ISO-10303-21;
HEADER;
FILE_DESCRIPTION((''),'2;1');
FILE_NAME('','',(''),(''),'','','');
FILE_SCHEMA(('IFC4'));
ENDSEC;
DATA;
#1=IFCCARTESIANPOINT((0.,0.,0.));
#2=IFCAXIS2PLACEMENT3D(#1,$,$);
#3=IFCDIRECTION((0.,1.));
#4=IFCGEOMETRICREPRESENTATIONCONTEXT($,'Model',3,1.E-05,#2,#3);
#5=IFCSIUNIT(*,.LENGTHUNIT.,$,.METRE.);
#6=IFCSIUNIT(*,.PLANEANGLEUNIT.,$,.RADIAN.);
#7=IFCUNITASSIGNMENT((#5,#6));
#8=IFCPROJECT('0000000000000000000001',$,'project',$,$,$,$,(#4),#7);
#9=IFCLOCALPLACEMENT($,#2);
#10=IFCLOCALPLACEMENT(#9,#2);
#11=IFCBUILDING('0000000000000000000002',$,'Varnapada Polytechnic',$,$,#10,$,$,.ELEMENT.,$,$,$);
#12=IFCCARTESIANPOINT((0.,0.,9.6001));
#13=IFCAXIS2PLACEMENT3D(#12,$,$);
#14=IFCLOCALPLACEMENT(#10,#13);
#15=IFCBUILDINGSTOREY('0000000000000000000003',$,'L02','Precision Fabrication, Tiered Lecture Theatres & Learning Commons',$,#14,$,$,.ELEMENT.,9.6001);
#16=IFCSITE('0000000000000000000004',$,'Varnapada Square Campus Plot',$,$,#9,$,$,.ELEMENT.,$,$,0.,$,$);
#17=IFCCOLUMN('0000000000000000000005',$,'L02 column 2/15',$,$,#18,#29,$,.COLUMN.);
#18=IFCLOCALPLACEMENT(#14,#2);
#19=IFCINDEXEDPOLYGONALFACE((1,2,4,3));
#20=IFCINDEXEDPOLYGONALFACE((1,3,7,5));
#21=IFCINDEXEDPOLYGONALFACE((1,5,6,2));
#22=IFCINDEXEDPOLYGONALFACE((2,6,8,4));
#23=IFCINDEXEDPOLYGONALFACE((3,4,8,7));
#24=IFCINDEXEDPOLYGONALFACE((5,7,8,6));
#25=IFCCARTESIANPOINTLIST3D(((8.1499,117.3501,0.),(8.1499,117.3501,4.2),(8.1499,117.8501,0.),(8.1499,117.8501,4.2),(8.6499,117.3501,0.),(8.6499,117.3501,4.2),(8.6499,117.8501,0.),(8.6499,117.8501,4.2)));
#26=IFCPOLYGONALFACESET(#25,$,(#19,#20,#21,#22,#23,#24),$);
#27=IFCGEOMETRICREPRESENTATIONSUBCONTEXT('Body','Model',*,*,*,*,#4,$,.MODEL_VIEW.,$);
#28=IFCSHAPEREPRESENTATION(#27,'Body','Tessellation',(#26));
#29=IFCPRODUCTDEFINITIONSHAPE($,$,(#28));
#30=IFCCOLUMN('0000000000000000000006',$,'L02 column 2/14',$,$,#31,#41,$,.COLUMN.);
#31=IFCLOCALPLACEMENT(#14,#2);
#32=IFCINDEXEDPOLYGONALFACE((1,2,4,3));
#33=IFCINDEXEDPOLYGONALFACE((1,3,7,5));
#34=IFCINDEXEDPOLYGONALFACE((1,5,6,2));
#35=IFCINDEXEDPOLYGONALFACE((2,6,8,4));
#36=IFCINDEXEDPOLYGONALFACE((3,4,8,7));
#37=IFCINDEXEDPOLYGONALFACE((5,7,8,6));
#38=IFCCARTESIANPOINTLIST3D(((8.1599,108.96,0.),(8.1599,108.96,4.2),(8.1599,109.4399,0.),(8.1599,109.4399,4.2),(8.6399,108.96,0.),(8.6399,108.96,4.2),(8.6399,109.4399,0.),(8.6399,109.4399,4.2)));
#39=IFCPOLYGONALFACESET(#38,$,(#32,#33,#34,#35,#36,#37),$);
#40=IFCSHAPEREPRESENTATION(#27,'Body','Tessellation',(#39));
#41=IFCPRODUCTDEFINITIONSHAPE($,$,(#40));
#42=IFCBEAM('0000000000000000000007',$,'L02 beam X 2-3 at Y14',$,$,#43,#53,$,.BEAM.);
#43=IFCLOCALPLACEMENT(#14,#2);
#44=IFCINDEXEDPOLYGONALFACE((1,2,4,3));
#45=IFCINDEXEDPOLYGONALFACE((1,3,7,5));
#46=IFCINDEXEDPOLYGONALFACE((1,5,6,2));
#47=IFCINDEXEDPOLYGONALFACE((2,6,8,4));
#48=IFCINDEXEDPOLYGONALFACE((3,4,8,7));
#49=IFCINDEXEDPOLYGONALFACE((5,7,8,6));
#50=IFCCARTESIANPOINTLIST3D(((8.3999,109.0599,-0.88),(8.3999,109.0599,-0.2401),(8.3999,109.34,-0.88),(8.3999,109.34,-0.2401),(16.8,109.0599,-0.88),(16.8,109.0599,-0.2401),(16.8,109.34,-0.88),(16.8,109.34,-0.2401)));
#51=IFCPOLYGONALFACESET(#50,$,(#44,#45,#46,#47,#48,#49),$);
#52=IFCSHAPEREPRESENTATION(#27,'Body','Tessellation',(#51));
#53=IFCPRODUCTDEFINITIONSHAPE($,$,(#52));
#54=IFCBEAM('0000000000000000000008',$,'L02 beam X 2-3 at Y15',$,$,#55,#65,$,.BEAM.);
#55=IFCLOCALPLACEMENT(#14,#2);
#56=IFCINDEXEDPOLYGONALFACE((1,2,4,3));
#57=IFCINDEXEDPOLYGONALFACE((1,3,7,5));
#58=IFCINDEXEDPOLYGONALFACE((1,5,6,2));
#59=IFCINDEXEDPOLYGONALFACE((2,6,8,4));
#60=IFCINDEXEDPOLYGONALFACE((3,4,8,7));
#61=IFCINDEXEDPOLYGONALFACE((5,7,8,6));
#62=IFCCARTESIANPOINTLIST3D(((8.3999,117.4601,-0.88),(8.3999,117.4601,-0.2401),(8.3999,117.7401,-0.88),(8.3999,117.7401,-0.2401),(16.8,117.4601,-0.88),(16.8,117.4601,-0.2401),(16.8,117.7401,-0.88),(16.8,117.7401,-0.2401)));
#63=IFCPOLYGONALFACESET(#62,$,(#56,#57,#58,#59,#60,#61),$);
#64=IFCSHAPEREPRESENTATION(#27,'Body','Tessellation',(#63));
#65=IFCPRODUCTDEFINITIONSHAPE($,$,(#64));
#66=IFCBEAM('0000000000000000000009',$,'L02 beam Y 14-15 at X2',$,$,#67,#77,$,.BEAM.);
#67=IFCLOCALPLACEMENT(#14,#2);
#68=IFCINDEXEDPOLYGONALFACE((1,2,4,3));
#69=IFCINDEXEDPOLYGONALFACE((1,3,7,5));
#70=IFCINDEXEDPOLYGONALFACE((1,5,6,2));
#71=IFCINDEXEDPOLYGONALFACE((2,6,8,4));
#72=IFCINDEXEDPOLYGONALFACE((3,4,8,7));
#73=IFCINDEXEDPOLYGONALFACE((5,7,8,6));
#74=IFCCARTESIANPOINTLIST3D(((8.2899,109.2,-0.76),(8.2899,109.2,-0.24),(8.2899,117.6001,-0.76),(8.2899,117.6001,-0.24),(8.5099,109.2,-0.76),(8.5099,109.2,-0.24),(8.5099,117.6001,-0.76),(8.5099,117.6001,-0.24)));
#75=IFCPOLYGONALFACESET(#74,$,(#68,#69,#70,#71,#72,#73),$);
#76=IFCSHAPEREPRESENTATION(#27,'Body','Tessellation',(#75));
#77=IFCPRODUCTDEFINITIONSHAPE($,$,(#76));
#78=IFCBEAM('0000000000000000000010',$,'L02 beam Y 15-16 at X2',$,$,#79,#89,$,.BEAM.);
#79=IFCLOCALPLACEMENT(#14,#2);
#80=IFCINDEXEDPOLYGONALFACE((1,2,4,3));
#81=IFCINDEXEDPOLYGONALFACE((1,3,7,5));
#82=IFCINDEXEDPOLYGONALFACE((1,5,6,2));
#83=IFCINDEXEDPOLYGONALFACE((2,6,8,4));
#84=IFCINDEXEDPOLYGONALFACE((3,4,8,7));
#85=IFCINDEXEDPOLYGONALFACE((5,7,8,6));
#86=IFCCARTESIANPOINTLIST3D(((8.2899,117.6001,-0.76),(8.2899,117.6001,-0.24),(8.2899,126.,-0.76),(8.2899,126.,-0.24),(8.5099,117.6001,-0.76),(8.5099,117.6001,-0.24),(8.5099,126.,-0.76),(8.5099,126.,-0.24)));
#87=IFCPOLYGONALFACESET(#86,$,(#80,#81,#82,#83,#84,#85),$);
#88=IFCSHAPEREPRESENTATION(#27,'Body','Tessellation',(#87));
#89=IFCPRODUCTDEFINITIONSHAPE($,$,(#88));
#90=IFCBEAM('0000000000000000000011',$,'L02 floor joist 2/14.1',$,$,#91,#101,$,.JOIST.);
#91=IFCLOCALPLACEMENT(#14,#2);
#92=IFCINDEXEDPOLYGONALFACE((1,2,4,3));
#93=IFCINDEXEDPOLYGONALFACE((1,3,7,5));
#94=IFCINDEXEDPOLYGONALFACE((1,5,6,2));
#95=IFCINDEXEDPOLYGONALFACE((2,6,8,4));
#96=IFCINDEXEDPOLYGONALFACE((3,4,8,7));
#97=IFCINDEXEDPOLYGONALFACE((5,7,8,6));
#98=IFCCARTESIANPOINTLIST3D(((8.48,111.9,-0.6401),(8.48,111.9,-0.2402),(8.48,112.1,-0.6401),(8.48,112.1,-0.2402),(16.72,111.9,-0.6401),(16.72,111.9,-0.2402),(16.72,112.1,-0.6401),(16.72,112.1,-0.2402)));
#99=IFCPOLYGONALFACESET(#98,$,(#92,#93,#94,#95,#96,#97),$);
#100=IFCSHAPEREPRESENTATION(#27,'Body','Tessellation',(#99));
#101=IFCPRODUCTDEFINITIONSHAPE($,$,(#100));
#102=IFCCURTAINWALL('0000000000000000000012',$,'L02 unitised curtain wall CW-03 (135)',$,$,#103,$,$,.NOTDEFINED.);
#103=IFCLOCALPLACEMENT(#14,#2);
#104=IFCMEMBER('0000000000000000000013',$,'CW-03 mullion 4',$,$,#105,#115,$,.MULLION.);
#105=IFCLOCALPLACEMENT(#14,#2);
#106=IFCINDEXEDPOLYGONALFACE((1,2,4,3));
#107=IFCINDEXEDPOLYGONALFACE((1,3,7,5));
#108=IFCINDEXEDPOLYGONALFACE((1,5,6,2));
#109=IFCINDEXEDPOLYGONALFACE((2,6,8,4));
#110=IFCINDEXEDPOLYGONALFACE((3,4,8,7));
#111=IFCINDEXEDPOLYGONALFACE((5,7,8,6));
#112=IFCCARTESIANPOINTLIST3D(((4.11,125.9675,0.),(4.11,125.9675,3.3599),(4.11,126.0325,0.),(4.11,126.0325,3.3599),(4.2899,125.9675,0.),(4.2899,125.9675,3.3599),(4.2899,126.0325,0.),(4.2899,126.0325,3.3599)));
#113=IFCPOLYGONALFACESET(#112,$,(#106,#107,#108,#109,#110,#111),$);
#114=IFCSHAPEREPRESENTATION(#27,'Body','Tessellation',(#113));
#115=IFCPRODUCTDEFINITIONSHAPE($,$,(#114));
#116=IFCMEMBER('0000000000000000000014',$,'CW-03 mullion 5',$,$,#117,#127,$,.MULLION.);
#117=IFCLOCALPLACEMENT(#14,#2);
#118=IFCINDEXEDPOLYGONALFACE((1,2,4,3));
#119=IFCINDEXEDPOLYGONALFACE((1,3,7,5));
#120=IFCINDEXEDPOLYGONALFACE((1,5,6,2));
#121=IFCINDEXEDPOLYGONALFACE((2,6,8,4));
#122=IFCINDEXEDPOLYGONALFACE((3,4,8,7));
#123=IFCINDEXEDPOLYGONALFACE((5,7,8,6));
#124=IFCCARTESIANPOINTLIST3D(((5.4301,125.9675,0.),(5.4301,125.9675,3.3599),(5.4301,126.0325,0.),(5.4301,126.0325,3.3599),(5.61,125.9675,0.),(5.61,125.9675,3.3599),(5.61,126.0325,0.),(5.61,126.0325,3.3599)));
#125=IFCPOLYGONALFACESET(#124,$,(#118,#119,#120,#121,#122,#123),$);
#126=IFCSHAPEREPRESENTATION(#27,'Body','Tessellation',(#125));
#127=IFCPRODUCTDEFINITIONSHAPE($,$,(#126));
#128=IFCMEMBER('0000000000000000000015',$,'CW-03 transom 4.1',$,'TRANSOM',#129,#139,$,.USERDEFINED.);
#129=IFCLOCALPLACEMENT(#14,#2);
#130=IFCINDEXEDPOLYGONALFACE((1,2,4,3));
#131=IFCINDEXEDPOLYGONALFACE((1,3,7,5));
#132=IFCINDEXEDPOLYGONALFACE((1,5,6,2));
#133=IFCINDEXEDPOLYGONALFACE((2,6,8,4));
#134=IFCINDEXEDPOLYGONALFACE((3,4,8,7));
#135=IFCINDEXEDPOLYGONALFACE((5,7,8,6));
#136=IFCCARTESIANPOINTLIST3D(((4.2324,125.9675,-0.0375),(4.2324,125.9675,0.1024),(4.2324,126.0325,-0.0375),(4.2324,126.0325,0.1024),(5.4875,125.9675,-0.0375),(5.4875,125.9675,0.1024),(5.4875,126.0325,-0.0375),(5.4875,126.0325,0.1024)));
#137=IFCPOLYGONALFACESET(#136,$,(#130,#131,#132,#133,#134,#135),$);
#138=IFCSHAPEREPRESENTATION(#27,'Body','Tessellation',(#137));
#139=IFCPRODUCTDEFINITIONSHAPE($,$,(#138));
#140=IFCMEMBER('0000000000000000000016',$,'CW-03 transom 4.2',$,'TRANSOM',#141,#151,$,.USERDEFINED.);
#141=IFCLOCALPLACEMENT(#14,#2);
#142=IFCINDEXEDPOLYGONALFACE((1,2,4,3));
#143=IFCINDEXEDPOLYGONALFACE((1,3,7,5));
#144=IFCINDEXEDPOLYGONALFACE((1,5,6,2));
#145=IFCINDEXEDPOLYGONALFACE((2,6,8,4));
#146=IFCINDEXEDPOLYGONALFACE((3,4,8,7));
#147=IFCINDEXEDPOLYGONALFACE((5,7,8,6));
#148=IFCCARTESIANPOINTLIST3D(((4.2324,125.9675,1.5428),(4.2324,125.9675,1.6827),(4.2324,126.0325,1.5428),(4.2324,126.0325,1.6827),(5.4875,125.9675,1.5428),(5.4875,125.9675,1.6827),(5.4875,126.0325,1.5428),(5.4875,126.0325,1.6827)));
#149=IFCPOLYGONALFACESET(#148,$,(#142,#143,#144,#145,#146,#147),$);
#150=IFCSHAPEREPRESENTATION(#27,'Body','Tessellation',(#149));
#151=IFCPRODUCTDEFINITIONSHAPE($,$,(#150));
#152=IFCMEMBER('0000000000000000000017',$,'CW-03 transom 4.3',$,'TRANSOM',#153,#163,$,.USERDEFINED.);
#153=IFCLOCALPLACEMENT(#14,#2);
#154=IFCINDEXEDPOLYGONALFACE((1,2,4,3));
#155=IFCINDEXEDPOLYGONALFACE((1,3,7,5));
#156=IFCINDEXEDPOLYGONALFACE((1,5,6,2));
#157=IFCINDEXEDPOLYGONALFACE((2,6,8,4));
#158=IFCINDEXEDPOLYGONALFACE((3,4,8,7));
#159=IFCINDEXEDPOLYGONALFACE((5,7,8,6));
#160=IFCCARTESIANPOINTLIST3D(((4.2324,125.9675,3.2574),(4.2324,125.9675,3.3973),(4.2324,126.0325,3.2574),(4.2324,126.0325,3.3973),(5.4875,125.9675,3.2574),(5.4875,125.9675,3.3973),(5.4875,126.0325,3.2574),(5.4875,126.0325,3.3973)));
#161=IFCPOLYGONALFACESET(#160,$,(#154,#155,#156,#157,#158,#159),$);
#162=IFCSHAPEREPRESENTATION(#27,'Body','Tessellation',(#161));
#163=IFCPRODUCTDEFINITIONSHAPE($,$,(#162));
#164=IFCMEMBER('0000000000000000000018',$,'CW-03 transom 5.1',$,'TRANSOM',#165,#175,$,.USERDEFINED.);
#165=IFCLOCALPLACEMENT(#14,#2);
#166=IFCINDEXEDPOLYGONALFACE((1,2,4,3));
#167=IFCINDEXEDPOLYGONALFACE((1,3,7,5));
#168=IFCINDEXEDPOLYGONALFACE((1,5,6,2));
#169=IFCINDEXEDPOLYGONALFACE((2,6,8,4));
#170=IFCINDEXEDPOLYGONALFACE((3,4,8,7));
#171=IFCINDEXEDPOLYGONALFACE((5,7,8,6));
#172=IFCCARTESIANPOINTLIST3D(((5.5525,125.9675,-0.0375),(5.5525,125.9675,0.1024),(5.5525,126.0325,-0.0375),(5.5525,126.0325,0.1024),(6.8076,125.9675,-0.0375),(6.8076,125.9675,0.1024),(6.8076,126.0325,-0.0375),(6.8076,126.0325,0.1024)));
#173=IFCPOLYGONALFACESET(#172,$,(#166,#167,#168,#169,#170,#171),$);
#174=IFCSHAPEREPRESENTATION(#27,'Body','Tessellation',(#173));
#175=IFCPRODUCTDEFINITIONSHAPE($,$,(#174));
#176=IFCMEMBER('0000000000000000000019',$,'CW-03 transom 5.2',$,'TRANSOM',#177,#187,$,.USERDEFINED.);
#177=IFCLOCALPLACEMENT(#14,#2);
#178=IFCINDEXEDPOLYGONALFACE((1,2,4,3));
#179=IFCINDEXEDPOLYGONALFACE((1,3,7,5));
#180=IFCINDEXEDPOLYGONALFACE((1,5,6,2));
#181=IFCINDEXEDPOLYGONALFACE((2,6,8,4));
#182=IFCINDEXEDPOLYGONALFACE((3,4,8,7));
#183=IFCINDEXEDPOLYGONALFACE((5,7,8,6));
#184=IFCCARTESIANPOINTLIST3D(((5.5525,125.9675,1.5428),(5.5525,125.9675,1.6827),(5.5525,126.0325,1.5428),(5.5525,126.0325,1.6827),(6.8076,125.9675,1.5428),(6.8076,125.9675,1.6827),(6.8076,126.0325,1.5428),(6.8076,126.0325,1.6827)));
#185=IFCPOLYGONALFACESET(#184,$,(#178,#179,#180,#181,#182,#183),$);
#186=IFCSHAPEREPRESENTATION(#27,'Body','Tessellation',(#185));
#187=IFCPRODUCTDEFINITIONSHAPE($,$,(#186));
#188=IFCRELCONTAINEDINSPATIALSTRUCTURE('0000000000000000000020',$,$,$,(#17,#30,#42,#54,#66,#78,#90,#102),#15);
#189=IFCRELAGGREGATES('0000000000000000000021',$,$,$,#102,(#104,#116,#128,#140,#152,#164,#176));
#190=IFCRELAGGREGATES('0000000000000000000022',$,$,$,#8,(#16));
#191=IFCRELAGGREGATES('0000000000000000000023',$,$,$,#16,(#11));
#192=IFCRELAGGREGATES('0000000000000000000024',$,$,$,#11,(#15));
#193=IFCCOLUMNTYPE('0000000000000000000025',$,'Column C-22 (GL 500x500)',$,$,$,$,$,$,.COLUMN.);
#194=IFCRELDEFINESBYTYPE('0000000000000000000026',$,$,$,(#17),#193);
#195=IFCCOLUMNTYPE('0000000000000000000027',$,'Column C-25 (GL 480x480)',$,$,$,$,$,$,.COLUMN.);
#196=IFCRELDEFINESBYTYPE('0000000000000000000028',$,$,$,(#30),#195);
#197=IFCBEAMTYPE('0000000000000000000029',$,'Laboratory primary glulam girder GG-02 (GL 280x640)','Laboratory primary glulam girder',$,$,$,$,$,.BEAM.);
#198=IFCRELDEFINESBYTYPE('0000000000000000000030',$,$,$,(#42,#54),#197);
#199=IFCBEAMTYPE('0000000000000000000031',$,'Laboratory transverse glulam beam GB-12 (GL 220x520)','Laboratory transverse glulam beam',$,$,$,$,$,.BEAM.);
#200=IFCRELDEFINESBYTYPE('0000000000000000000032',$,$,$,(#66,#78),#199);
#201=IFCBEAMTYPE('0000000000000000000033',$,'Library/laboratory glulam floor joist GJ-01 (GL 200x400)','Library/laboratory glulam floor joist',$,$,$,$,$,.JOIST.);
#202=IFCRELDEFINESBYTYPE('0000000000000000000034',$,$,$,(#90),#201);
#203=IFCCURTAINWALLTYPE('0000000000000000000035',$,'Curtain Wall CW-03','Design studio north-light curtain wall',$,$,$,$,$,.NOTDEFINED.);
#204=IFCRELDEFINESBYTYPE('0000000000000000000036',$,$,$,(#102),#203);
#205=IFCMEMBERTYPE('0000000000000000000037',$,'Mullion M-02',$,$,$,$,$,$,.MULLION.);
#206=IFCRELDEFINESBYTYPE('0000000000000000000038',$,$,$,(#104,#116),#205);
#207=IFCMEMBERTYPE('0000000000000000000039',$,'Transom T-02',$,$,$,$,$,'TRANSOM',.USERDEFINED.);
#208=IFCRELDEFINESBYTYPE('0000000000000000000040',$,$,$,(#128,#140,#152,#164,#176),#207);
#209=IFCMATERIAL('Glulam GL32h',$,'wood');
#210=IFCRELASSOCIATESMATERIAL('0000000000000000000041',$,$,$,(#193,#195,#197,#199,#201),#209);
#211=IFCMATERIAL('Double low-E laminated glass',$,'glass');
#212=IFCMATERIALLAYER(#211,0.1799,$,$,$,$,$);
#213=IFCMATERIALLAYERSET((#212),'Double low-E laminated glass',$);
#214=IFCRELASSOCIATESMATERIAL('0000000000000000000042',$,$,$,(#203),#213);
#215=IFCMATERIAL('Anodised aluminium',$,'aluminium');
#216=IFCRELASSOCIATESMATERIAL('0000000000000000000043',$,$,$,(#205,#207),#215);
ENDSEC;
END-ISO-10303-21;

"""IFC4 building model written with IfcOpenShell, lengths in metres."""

from ifc_helpers import new_model, si_unit, direction, frame, origin, origin_2d, place, context, subcontext, project, spatial, rectangle, extrude, material, layer, layer_set, material_profile, profile_set, type_object, element, aggregate, save


model = new_model("IFC4")

# Units and contexts
model_context = context("Model", 3, precision=1e-05, world=origin(), true_north=direction((0.0, 1.0)))
body_context = subcontext(model_context, "Body", "Model", "MODEL_VIEW")
ifc_project = project(units=[si_unit("LENGTHUNIT", "METRE"), si_unit("PLANEANGLEUNIT", "RADIAN")], contexts=[model_context])

# Site, building, storey
site_placement = place(None, origin())
site = spatial("IfcSite", under=ifc_project, at=site_placement, Name="Varnapada Square Campus Plot", CompositionType="ELEMENT", RefElevation=0.0)
building_placement = place(site_placement, origin())
building = spatial("IfcBuilding", under=site, at=building_placement, Name="Varnapada Polytechnic", CompositionType="ELEMENT")
storey_placement = place(building_placement, frame((0.0, 0.0, 9.6001)))
storey = spatial("IfcBuildingStorey", under=building, at=storey_placement, Name="L02", Description="Precision Fabrication, Tiered Lecture Theatres & Learning Commons", CompositionType="ELEMENT", Elevation=9.6001)

# Columns
ifc_material_1 = material(Name="Glulam GL32h", Category="wood")
ifc_material_profile_1 = material_profile(ifc_material_1, rectangle(XDim=0.5, YDim=0.5, at=origin_2d()), Name="GL 500x500")
ifc_profile_set_1 = profile_set([ifc_material_profile_1], Name="Glulam GL32h")
column_type_1 = type_object("IfcColumnType", Name="Column C-22 (GL 500x500)", PredefinedType="COLUMN", material=ifc_profile_set_1)
column_1_placement = place(storey_placement, frame((8.3999, 117.6001, 0.0), z_axis=(0.0, 0.0, 1.0), x_axis=(1.0, 0.0, 0.0)))
element("IfcColumn", 1, at=column_1_placement, inside=storey, type_object=column_type_1, Name="L02 column 2/15", PredefinedType="COLUMN", context=body_context, shape_type="SweptSolid", body=[
    extrude(rectangle(XDim=0.5, YDim=0.5, at=origin_2d()), origin(), (0.0, 0.0, 1.0), 4.2),
])
ifc_material_profile_2 = material_profile(ifc_material_1, rectangle(XDim=0.48, YDim=0.48, at=origin_2d()), Name="GL 480x480")
ifc_profile_set_2 = profile_set([ifc_material_profile_2], Name="Glulam GL32h")
column_type_2 = type_object("IfcColumnType", Name="Column C-25 (GL 480x480)", PredefinedType="COLUMN", material=ifc_profile_set_2)
column_2_placement = place(storey_placement, frame((8.3999, 109.2, 0.0), z_axis=(0.0, 0.0, 1.0), x_axis=(1.0, 0.0, 0.0)))
element("IfcColumn", 2, at=column_2_placement, inside=storey, type_object=column_type_2, Name="L02 column 2/14", PredefinedType="COLUMN", context=body_context, shape_type="SweptSolid", body=[
    extrude(rectangle(XDim=0.48, YDim=0.48, at=origin_2d()), origin(), (0.0, 0.0, 1.0), 4.2),
])

# Beams
ifc_material_profile_3 = material_profile(ifc_material_1, rectangle(XDim=0.28, YDim=0.6399, at=origin_2d()), Name="GL 280x640")
ifc_profile_set_3 = profile_set([ifc_material_profile_3], Name="Glulam GL32h")
beam_type_1 = type_object("IfcBeamType", Name="Laboratory primary glulam girder GG-02 (GL 280x640)", Description="Laboratory primary glulam girder", PredefinedType="BEAM", material=ifc_profile_set_3)
for number, where, z_axis, x_axis, name in (
    (3, (8.3999, 109.2, -0.5601), (1.0, 0.0, 0.0), (0.0, 1.0, 0.0), "L02 beam X 2-3 at Y14"),
    (4, (8.3999, 117.6001, -0.5601), (1.0, 0.0, 0.0), (0.0, 1.0, 0.0), "L02 beam X 2-3 at Y15"),
):
    element("IfcBeam", number, at=place(storey_placement, frame(where, z_axis=z_axis, x_axis=x_axis)), inside=storey, type_object=beam_type_1, Name=name, PredefinedType="BEAM", context=body_context, shape_type="SweptSolid", body=[
        extrude(rectangle(XDim=0.28, YDim=0.6399, at=origin_2d()), origin(), (0.0, 0.0, 1.0), 8.4001),
    ])
ifc_material_profile_4 = material_profile(ifc_material_1, rectangle(XDim=0.22, YDim=0.52, at=origin_2d()), Name="GL 220x520")
ifc_profile_set_4 = profile_set([ifc_material_profile_4], Name="Glulam GL32h")
beam_type_2 = type_object("IfcBeamType", Name="Laboratory transverse glulam beam GB-12 (GL 220x520)", Description="Laboratory transverse glulam beam", PredefinedType="BEAM", material=ifc_profile_set_4)
beam_1_placement = place(storey_placement, frame((8.3999, 109.2, -0.5), z_axis=(0.0, 1.0, 0.0), x_axis=(-1.0, 0.0, 0.0)))
element("IfcBeam", 5, at=beam_1_placement, inside=storey, type_object=beam_type_2, Name="L02 beam Y 14-15 at X2", PredefinedType="BEAM", context=body_context, shape_type="SweptSolid", body=[
    extrude(rectangle(XDim=0.22, YDim=0.52, at=origin_2d()), origin(), (0.0, 0.0, 1.0), 8.4001),
])
beam_2_placement = place(storey_placement, frame((8.3999, 117.6001, -0.5), z_axis=(0.0, 1.0, 0.0), x_axis=(-1.0, 0.0, 0.0)))
element("IfcBeam", 6, at=beam_2_placement, inside=storey, type_object=beam_type_2, Name="L02 beam Y 15-16 at X2", PredefinedType="BEAM", context=body_context, shape_type="SweptSolid", body=[
    extrude(rectangle(XDim=0.22, YDim=0.52, at=origin_2d()), origin(), (0.0, 0.0, 1.0), 8.3999),
])
ifc_material_profile_5 = material_profile(ifc_material_1, rectangle(XDim=0.2, YDim=0.3999, at=origin_2d()), Name="GL 200x400")
ifc_profile_set_5 = profile_set([ifc_material_profile_5], Name="Glulam GL32h")
beam_type_3 = type_object("IfcBeamType", Name="Library/laboratory glulam floor joist GJ-01 (GL 200x400)", Description="Library/laboratory glulam floor joist", PredefinedType="JOIST", material=ifc_profile_set_5)
beam_3_placement = place(storey_placement, frame((8.48, 112.0, -0.4402), z_axis=(1.0, 0.0, 0.0), x_axis=(0.0, 1.0, 0.0)))
element("IfcBeam", 7, at=beam_3_placement, inside=storey, type_object=beam_type_3, Name="L02 floor joist 2/14.1", PredefinedType="JOIST", context=body_context, shape_type="SweptSolid", body=[
    extrude(rectangle(XDim=0.2, YDim=0.3999, at=origin_2d()), origin(), (0.0, 0.0, 1.0), 8.24),
])

# Curtain wall, members
ifc_material_2 = material(Name="Double low-E laminated glass", Category="glass")
ifc_layer_1 = layer(ifc_material_2, 0.1799)
ifc_layer_set_1 = layer_set([ifc_layer_1], Name="Double low-E laminated glass")
curtain_wall_type = type_object("IfcCurtainWallType", Name="Curtain Wall CW-03", Description="Design studio north-light curtain wall", PredefinedType="NOTDEFINED", material=ifc_layer_set_1)
curtain_wall_placement = place(storey_placement, origin())
curtain_wall = element("IfcCurtainWall", 8, at=curtain_wall_placement, inside=storey, type_object=curtain_wall_type, Name="L02 unitised curtain wall CW-03 (135)", PredefinedType="NOTDEFINED")
ifc_material_3 = material(Name="Anodised aluminium", Category="aluminium")
ifc_material_profile_6 = material_profile(ifc_material_3, rectangle(XDim=0.0649, YDim=0.1799, at=origin_2d()), Name="ALU M65x180")
ifc_profile_set_6 = profile_set([ifc_material_profile_6], Name="Anodised aluminium")
member_type_1 = type_object("IfcMemberType", Name="Mullion M-02", PredefinedType="MULLION", material=ifc_profile_set_6)
member_1_placement = place(storey_placement, frame((4.2, 126.0, 0.0), z_axis=(0.0, 0.0, 1.0), x_axis=(0.0, 1.0, 0.0)))
member_1 = element("IfcMember", 9, at=member_1_placement, type_object=member_type_1, Name="CW-03 mullion 4", PredefinedType="MULLION", context=body_context, shape_type="SweptSolid", body=[
    extrude(rectangle(XDim=0.0649, YDim=0.1799, at=origin_2d()), origin(), (0.0, 0.0, 1.0), 3.3599),
])
member_2_placement = place(storey_placement, frame((5.52, 126.0, 0.0), z_axis=(0.0, 0.0, 1.0), x_axis=(0.0, 1.0, 0.0)))
member_2 = element("IfcMember", 10, at=member_2_placement, type_object=member_type_1, Name="CW-03 mullion 5", PredefinedType="MULLION", context=body_context, shape_type="SweptSolid", body=[
    extrude(rectangle(XDim=0.0649, YDim=0.1799, at=origin_2d()), origin(), (0.0, 0.0, 1.0), 3.3599),
])
ifc_material_profile_7 = material_profile(ifc_material_3, rectangle(XDim=0.0649, YDim=0.1399, at=origin_2d()), Name="ALU T65x140")
ifc_profile_set_7 = profile_set([ifc_material_profile_7], Name="Anodised aluminium")
member_type_2 = type_object("IfcMemberType", Name="Transom T-02", ElementType="TRANSOM", PredefinedType="USERDEFINED", material=ifc_profile_set_7)
member_3_placement = place(storey_placement, frame((4.2324, 126.0, 0.0325), z_axis=(1.0, 0.0, 0.0), x_axis=(0.0, 1.0, 0.0)))
member_3 = element("IfcMember", 11, at=member_3_placement, type_object=member_type_2, Name="CW-03 transom 4.1", ObjectType="TRANSOM", PredefinedType="USERDEFINED", context=body_context, shape_type="SweptSolid", body=[
    extrude(rectangle(XDim=0.0649, YDim=0.1399, at=origin_2d()), origin(), (0.0, 0.0, 1.0), 1.2551),
])
member_4_placement = place(storey_placement, frame((4.2324, 126.0, 1.6128), z_axis=(1.0, 0.0, 0.0), x_axis=(0.0, 1.0, 0.0)))
member_4 = element("IfcMember", 12, at=member_4_placement, type_object=member_type_2, Name="CW-03 transom 4.2", ObjectType="TRANSOM", PredefinedType="USERDEFINED", context=body_context, shape_type="SweptSolid", body=[
    extrude(rectangle(XDim=0.0649, YDim=0.1399, at=origin_2d()), origin(), (0.0, 0.0, 1.0), 1.2551),
])
member_5_placement = place(storey_placement, frame((4.2324, 126.0, 3.3274), z_axis=(1.0, 0.0, 0.0), x_axis=(0.0, 1.0, 0.0)))
member_5 = element("IfcMember", 13, at=member_5_placement, type_object=member_type_2, Name="CW-03 transom 4.3", ObjectType="TRANSOM", PredefinedType="USERDEFINED", context=body_context, shape_type="SweptSolid", body=[
    extrude(rectangle(XDim=0.0649, YDim=0.1399, at=origin_2d()), origin(), (0.0, 0.0, 1.0), 1.2551),
])
member_6_placement = place(storey_placement, frame((5.5525, 126.0, 0.0325), z_axis=(1.0, 0.0, 0.0), x_axis=(0.0, 1.0, 0.0)))
member_6 = element("IfcMember", 14, at=member_6_placement, type_object=member_type_2, Name="CW-03 transom 5.1", ObjectType="TRANSOM", PredefinedType="USERDEFINED", context=body_context, shape_type="SweptSolid", body=[
    extrude(rectangle(XDim=0.0649, YDim=0.1399, at=origin_2d()), origin(), (0.0, 0.0, 1.0), 1.2551),
])
member_7_placement = place(storey_placement, frame((5.5525, 126.0, 1.6128), z_axis=(1.0, 0.0, 0.0), x_axis=(0.0, 1.0, 0.0)))
member_7 = element("IfcMember", 15, at=member_7_placement, type_object=member_type_2, Name="CW-03 transom 5.2", ObjectType="TRANSOM", PredefinedType="USERDEFINED", context=body_context, shape_type="SweptSolid", body=[
    extrude(rectangle(XDim=0.0649, YDim=0.1399, at=origin_2d()), origin(), (0.0, 0.0, 1.0), 1.2551),
])
aggregate(curtain_wall, [member_1, member_2, member_3, member_4, member_5, member_6, member_7])

save(model, "model.ifc")
